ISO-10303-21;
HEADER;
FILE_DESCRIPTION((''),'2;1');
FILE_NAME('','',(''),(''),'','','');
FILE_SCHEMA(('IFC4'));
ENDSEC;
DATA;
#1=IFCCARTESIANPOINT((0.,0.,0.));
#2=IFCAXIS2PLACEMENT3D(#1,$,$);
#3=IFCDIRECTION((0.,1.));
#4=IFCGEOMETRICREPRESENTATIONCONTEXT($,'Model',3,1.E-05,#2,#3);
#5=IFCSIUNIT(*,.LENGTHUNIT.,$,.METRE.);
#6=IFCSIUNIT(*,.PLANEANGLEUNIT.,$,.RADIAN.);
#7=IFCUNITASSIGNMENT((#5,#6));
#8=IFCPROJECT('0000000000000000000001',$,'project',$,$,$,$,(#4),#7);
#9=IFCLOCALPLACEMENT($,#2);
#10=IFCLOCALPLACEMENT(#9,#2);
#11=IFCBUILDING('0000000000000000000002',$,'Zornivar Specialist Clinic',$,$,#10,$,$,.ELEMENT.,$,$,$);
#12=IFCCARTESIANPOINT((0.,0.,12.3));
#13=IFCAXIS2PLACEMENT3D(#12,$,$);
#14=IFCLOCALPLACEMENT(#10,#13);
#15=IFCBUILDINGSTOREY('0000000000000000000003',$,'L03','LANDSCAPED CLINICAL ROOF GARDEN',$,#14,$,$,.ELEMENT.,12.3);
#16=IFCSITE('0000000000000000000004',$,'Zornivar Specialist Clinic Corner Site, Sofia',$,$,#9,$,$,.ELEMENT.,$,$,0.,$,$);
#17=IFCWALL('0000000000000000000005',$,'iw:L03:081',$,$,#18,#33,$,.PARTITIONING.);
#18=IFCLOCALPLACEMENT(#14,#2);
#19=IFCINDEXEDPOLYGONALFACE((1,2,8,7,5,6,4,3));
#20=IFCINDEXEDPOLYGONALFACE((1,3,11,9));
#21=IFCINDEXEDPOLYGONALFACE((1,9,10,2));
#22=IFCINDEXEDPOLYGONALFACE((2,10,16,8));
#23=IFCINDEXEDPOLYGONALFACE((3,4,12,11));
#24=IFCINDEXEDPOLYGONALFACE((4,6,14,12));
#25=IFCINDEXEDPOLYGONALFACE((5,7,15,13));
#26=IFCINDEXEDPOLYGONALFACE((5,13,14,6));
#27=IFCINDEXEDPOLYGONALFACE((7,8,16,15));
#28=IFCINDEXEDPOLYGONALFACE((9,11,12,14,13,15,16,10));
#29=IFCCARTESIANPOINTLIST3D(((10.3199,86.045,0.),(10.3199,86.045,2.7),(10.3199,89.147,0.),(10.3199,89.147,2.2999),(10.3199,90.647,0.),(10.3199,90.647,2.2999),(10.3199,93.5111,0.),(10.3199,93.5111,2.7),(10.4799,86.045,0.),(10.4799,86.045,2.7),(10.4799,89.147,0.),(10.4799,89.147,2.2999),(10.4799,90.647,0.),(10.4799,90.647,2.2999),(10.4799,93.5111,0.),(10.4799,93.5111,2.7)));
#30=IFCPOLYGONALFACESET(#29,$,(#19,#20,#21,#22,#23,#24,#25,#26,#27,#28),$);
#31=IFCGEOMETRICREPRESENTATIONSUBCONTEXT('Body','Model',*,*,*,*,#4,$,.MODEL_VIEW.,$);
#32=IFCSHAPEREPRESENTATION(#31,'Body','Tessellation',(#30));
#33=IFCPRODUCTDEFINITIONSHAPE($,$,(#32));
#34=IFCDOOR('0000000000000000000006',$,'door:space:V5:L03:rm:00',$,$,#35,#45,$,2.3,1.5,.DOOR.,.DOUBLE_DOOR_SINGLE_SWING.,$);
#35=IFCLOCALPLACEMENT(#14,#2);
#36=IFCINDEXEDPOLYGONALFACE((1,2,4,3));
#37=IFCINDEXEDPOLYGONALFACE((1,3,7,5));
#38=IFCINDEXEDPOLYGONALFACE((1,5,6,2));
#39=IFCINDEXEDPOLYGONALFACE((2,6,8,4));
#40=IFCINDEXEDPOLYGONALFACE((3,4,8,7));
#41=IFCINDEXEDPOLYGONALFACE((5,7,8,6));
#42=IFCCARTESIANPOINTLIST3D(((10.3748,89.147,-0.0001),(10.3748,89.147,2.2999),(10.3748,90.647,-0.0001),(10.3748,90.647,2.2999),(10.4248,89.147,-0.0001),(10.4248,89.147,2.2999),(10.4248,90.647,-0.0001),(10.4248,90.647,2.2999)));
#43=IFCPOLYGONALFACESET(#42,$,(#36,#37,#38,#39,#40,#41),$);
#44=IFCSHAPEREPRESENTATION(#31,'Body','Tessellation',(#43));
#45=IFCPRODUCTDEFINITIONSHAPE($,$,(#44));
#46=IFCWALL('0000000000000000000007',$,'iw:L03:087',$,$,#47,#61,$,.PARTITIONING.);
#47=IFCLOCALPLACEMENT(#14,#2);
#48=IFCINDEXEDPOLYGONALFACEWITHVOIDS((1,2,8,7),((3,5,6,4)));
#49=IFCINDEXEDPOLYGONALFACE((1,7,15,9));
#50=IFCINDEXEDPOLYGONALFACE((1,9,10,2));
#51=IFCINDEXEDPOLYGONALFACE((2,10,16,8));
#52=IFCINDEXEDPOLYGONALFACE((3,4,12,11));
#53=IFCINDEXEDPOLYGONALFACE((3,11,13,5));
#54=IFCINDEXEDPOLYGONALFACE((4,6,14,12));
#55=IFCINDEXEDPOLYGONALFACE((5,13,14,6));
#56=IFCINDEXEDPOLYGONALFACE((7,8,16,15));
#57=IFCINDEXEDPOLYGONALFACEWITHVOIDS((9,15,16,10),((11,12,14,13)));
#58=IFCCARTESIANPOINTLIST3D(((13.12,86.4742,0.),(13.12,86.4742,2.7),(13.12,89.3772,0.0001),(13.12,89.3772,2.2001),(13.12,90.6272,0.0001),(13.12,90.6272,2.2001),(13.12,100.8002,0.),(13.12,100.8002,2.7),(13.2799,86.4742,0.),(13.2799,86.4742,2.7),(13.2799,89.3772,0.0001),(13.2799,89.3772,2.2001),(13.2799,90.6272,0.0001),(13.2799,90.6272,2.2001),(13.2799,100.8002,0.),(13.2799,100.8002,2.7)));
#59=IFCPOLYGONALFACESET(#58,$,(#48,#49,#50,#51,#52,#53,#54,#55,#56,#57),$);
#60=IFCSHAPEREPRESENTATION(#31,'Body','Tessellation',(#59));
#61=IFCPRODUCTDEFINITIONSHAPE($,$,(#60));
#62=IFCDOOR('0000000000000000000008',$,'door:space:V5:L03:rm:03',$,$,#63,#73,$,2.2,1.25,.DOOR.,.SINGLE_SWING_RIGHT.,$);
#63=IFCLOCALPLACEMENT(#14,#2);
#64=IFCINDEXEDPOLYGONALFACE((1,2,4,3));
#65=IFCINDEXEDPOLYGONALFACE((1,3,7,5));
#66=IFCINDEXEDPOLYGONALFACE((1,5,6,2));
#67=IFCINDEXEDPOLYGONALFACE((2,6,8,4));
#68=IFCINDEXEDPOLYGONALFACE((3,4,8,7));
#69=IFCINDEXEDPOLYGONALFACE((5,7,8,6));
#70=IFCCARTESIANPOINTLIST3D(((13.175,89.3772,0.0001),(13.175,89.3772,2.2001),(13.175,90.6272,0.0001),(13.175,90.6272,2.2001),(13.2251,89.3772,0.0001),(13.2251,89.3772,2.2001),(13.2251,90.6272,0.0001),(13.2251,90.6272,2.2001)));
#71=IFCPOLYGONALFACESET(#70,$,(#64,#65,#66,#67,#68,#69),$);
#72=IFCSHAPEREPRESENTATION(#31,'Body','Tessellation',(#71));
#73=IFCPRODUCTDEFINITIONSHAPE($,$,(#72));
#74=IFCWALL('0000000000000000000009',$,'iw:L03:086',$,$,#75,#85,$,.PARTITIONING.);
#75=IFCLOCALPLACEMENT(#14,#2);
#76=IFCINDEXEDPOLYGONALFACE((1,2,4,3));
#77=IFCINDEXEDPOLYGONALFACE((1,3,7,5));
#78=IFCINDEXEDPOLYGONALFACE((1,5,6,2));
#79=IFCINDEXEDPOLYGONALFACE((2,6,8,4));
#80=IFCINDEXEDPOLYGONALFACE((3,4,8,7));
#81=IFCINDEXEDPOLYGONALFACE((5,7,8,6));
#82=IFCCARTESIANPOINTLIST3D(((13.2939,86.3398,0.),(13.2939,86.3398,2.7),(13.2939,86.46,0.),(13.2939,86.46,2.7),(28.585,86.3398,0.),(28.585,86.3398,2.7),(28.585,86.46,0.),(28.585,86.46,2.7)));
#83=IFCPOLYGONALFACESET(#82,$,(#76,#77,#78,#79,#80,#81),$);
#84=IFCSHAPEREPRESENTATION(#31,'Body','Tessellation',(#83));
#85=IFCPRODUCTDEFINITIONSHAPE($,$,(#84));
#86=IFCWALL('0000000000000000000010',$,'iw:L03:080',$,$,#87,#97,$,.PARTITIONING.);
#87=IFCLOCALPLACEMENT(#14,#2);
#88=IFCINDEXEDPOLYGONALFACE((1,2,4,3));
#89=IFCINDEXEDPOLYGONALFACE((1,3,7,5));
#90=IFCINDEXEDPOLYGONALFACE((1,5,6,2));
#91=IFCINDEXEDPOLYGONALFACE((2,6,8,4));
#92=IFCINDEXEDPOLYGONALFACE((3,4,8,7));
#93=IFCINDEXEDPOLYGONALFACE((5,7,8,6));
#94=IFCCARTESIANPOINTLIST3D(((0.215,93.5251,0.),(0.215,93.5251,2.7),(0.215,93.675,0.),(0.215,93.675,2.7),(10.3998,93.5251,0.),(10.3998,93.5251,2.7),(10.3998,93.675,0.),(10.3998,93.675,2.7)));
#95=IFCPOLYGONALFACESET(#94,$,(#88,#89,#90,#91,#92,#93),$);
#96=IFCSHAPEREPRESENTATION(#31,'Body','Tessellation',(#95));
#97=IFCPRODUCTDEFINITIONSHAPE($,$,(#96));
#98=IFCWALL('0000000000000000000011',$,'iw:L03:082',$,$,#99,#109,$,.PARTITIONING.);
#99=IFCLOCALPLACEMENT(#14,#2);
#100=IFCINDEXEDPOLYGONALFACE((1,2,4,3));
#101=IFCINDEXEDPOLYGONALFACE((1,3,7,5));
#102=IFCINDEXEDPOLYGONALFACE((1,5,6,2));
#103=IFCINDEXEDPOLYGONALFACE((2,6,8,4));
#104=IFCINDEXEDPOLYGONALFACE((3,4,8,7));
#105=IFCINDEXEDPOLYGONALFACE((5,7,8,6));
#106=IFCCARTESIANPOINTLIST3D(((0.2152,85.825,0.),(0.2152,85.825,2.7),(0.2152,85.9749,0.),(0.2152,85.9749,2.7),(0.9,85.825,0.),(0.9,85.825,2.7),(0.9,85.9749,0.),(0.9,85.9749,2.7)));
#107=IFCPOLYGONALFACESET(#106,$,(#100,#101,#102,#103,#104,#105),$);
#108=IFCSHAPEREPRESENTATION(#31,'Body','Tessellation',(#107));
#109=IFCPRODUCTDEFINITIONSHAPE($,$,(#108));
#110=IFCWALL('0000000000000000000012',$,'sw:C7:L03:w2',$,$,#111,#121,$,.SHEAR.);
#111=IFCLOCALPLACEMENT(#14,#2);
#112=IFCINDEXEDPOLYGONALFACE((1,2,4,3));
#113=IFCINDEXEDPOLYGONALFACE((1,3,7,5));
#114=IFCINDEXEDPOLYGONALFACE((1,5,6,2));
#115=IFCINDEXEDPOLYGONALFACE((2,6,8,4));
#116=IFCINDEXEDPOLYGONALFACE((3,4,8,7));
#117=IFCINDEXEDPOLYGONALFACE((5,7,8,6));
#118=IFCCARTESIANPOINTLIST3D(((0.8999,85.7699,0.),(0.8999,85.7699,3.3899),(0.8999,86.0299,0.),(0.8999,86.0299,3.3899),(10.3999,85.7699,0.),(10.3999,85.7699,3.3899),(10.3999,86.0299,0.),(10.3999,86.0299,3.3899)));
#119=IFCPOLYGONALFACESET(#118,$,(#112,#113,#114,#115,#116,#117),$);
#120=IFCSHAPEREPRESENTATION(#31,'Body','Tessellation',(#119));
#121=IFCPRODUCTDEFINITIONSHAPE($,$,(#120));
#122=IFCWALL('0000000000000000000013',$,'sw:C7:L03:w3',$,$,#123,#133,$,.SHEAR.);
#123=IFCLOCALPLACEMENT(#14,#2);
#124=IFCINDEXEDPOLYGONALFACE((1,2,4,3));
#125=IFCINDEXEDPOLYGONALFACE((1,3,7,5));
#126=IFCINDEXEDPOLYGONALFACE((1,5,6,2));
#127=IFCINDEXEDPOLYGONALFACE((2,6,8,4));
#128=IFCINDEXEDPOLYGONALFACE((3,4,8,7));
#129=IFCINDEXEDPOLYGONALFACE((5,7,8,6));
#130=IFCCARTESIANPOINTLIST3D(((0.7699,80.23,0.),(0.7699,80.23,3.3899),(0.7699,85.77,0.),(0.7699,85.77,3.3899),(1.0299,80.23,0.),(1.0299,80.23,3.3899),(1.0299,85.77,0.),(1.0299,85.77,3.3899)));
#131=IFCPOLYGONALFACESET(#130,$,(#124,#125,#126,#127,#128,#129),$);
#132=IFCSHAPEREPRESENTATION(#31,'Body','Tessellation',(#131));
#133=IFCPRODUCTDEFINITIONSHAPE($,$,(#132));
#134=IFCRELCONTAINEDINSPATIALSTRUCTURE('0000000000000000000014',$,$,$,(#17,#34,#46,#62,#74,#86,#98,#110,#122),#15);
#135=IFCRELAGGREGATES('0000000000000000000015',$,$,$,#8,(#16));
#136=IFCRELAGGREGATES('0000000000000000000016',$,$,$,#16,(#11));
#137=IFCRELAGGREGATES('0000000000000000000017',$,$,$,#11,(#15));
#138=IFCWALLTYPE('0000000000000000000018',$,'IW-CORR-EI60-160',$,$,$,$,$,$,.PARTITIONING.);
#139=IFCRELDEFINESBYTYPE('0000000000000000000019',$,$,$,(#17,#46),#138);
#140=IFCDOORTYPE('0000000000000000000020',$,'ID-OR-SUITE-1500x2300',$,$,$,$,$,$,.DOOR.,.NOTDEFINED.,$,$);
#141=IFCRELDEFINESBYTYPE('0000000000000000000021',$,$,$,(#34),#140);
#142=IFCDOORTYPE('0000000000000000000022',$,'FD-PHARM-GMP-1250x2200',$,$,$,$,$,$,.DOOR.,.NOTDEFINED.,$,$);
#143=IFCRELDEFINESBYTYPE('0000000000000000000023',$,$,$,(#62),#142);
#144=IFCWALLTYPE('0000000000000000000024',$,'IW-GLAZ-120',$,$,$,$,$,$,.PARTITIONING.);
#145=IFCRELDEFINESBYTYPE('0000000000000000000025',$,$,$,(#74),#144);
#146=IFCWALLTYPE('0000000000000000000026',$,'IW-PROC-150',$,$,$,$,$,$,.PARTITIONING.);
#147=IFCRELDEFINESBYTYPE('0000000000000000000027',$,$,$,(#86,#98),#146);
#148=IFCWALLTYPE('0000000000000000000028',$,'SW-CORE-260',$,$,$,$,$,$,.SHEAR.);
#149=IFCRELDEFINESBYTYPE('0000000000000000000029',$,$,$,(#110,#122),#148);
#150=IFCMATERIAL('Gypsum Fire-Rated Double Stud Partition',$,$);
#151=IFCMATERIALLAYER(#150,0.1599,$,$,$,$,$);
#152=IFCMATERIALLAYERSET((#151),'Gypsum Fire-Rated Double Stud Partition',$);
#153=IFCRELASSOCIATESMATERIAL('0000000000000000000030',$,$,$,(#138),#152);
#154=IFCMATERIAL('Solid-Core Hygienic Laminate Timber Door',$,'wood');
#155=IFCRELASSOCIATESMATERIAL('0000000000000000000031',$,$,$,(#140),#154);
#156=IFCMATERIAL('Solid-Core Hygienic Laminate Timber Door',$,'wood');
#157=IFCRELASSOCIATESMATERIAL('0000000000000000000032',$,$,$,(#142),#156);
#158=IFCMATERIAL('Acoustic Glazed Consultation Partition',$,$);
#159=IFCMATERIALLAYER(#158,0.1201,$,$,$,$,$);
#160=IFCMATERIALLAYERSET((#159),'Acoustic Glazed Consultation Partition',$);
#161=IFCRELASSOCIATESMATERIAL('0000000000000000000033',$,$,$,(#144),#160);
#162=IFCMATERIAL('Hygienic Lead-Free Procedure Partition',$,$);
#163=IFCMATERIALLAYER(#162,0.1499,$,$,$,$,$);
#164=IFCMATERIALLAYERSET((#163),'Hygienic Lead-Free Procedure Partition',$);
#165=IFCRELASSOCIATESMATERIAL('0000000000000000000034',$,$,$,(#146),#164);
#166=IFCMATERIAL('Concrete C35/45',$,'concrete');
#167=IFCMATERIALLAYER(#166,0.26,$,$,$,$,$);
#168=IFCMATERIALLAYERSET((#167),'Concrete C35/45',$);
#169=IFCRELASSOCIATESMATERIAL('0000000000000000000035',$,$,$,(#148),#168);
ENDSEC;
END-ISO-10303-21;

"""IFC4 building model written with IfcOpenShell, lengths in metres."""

from ifc_helpers import new_model, si_unit, direction, frame, frame_2d, origin, place, context, subcontext, project, spatial, rectangle, extrude, material, layer, layer_set, type_object, element, fill, save


model = new_model("IFC4")

# Units and contexts
model_context = context("Model", 3, precision=1e-05, world=origin(), true_north=direction((0.0, 1.0)))
body_context = subcontext(model_context, "Body", "Model", "MODEL_VIEW")
ifc_project = project(units=[si_unit("LENGTHUNIT", "METRE"), si_unit("PLANEANGLEUNIT", "RADIAN")], contexts=[model_context])

# Site, building, storey
site_placement = place(None, origin())
site = spatial("IfcSite", under=ifc_project, at=site_placement, Name="Zornivar Specialist Clinic Corner Site, Sofia", CompositionType="ELEMENT", RefElevation=0.0)
building_placement = place(site_placement, origin())
building = spatial("IfcBuilding", under=site, at=building_placement, Name="Zornivar Specialist Clinic", CompositionType="ELEMENT")
storey_placement = place(building_placement, frame((0.0, 0.0, 12.3)))
storey = spatial("IfcBuildingStorey", under=building, at=storey_placement, Name="L03", Description="LANDSCAPED CLINICAL ROOF GARDEN", CompositionType="ELEMENT", Elevation=12.3)

# Walls, openings, doors
ifc_material_1 = material(Name="Gypsum Fire-Rated Double Stud Partition")
ifc_layer_1 = layer(ifc_material_1, 0.1599)
ifc_layer_set_1 = layer_set([ifc_layer_1], Name="Gypsum Fire-Rated Double Stud Partition")
wall_type_1 = type_object("IfcWallType", Name="IW-CORR-EI60-160", PredefinedType="PARTITIONING", material=ifc_layer_set_1)
wall_1_placement = place(storey_placement, frame((10.3999, 93.511, 0.0), z_axis=(0.0, 0.0, 1.0), x_axis=(0.0, -1.0, 0.0)))
wall_1 = element("IfcWall", 1, at=wall_1_placement, inside=storey, type_object=wall_type_1, Name="iw:L03:081", PredefinedType="PARTITIONING", context=body_context, shape_type="SweptSolid", body=[
    extrude(rectangle(XDim=7.4661, YDim=0.1599, at=frame_2d((3.7329, 0.0))), origin(), (0.0, 0.0, 1.0), 2.7),
])
opening_1_placement = place(wall_1_placement, frame((2.864, 0.0, 0.0)))
opening_1 = element("IfcOpeningElement", 2, at=opening_1_placement, cuts=wall_1, PredefinedType="OPENING", context=body_context, shape_type="SweptSolid", body=[
    extrude(rectangle(XDim=1.5, YDim=2.3, at=frame_2d((0.75, 1.1499))), frame((0.0, 0.0898, 0.0), z_axis=(0.0, -1.0, 0.0), x_axis=(1.0, 0.0, 0.0)), (0.0, 0.0, 1.0), 0.1799),
])
ifc_material_2 = material(Name="Solid-Core Hygienic Laminate Timber Door", Category="wood")
door_type_1 = type_object("IfcDoorType", Name="ID-OR-SUITE-1500x2300", OperationType="NOTDEFINED", PredefinedType="DOOR", material=ifc_material_2)
door_1_placement = place(opening_1_placement, origin())
door_1 = element("IfcDoor", 3, at=door_1_placement, inside=storey, type_object=door_type_1, Name="door:space:V5:L03:rm:00", OperationType="DOUBLE_DOOR_SINGLE_SWING", OverallHeight=2.3, OverallWidth=1.5, PredefinedType="DOOR", context=body_context, shape_type="SweptSolid", body=[
    extrude(rectangle(XDim=1.5, YDim=2.3, at=frame_2d((0.75, 1.1499))), frame((0.0, 0.0249, 0.0), z_axis=(0.0, -1.0, 0.0), x_axis=(1.0, 0.0, 0.0)), (0.0, 0.0, 1.0), 0.05),
])
fill(opening_1, door_1)
wall_2_placement = place(storey_placement, frame((13.2, 86.4741, 0.0), z_axis=(0.0, 0.0, 1.0), x_axis=(0.0, 1.0, 0.0)))
wall_2 = element("IfcWall", 4, at=wall_2_placement, inside=storey, type_object=wall_type_1, Name="iw:L03:087", PredefinedType="PARTITIONING", context=body_context, shape_type="SweptSolid", body=[
    extrude(rectangle(XDim=14.3259, YDim=0.1599, at=frame_2d((7.1631, 0.0))), origin(), (0.0, 0.0, 1.0), 2.7),
])
opening_2_placement = place(wall_2_placement, frame((2.9031, 0.0, 0.0)))
opening_2 = element("IfcOpeningElement", 5, at=opening_2_placement, cuts=wall_2, PredefinedType="OPENING", context=body_context, shape_type="SweptSolid", body=[
    extrude(rectangle(XDim=1.25, YDim=2.2, at=frame_2d((0.625, 1.1001))), frame((0.0, 0.0898, 0.0), z_axis=(0.0, -1.0, 0.0), x_axis=(1.0, 0.0, 0.0)), (0.0, 0.0, 1.0), 0.1799),
])
ifc_material_3 = material(Name="Solid-Core Hygienic Laminate Timber Door", Category="wood")
door_type_2 = type_object("IfcDoorType", Name="FD-PHARM-GMP-1250x2200", OperationType="NOTDEFINED", PredefinedType="DOOR", material=ifc_material_3)
door_2_placement = place(opening_2_placement, origin())
door_2 = element("IfcDoor", 6, at=door_2_placement, inside=storey, type_object=door_type_2, Name="door:space:V5:L03:rm:03", OperationType="SINGLE_SWING_RIGHT", OverallHeight=2.2, OverallWidth=1.25, PredefinedType="DOOR", context=body_context, shape_type="SweptSolid", body=[
    extrude(rectangle(XDim=1.25, YDim=2.2, at=frame_2d((0.625, 1.1001))), frame((0.0, 0.0249, 0.0), z_axis=(0.0, -1.0, 0.0), x_axis=(1.0, 0.0, 0.0)), (0.0, 0.0, 1.0), 0.05),
])
fill(opening_2, door_2)

# Walls
ifc_material_4 = material(Name="Acoustic Glazed Consultation Partition")
ifc_layer_2 = layer(ifc_material_4, 0.1201)
ifc_layer_set_2 = layer_set([ifc_layer_2], Name="Acoustic Glazed Consultation Partition")
wall_type_2 = type_object("IfcWallType", Name="IW-GLAZ-120", PredefinedType="PARTITIONING", material=ifc_layer_set_2)
wall_3_placement = place(storey_placement, frame((13.2939, 86.3999, 0.0), z_axis=(0.0, 0.0, 1.0), x_axis=(1.0, 0.0, 0.0)))
element("IfcWall", 7, at=wall_3_placement, inside=storey, type_object=wall_type_2, Name="iw:L03:086", PredefinedType="PARTITIONING", context=body_context, shape_type="SweptSolid", body=[
    extrude(rectangle(XDim=15.291, YDim=0.1201, at=frame_2d((7.6455, 0.0))), origin(), (0.0, 0.0, 1.0), 2.7),
])
ifc_material_5 = material(Name="Hygienic Lead-Free Procedure Partition")
ifc_layer_3 = layer(ifc_material_5, 0.1499)
ifc_layer_set_3 = layer_set([ifc_layer_3], Name="Hygienic Lead-Free Procedure Partition")
wall_type_3 = type_object("IfcWallType", Name="IW-PROC-150", PredefinedType="PARTITIONING", material=ifc_layer_set_3)
wall_4_placement = place(storey_placement, frame((0.2151, 93.6001, 0.0), z_axis=(0.0, 0.0, 1.0), x_axis=(1.0, 0.0, 0.0)))
element("IfcWall", 8, at=wall_4_placement, inside=storey, type_object=wall_type_3, Name="iw:L03:080", PredefinedType="PARTITIONING", context=body_context, shape_type="SweptSolid", body=[
    extrude(rectangle(XDim=10.1848, YDim=0.1499, at=frame_2d((5.0923, 0.0))), origin(), (0.0, 0.0, 1.0), 2.7),
])
wall_5_placement = place(storey_placement, frame((0.8999, 85.8999, 0.0), z_axis=(0.0, 0.0, 1.0), x_axis=(-1.0, 0.0, 0.0)))
element("IfcWall", 9, at=wall_5_placement, inside=storey, type_object=wall_type_3, Name="iw:L03:082", PredefinedType="PARTITIONING", context=body_context, shape_type="SweptSolid", body=[
    extrude(rectangle(XDim=0.6848, YDim=0.1499, at=frame_2d((0.3423, 0.0))), origin(), (0.0, 0.0, 1.0), 2.7),
])
ifc_material_6 = material(Name="Concrete C35/45", Category="concrete")
ifc_layer_4 = layer(ifc_material_6, 0.26)
ifc_layer_set_4 = layer_set([ifc_layer_4], Name="Concrete C35/45")
wall_type_4 = type_object("IfcWallType", Name="SW-CORE-260", PredefinedType="SHEAR", material=ifc_layer_set_4)
wall_6_placement = place(storey_placement, frame((10.3999, 85.8999, 0.0), z_axis=(0.0, 0.0, 1.0), x_axis=(-1.0, 0.0, 0.0)))
element("IfcWall", 10, at=wall_6_placement, inside=storey, type_object=wall_type_4, Name="sw:C7:L03:w2", PredefinedType="SHEAR", context=body_context, shape_type="SweptSolid", body=[
    extrude(rectangle(XDim=9.5, YDim=0.26, at=frame_2d((4.75, 0.0))), origin(), (0.0, 0.0, 1.0), 3.3899),
])
wall_7_placement = place(storey_placement, frame((0.8999, 85.77, 0.0), z_axis=(0.0, 0.0, 1.0), x_axis=(0.0, -1.0, 0.0)))
element("IfcWall", 11, at=wall_7_placement, inside=storey, type_object=wall_type_4, Name="sw:C7:L03:w3", PredefinedType="SHEAR", context=body_context, shape_type="SweptSolid", body=[
    extrude(rectangle(XDim=5.54, YDim=0.26, at=frame_2d((2.77, 0.0))), origin(), (0.0, 0.0, 1.0), 3.3899),
])

save(model, "model.ifc")
